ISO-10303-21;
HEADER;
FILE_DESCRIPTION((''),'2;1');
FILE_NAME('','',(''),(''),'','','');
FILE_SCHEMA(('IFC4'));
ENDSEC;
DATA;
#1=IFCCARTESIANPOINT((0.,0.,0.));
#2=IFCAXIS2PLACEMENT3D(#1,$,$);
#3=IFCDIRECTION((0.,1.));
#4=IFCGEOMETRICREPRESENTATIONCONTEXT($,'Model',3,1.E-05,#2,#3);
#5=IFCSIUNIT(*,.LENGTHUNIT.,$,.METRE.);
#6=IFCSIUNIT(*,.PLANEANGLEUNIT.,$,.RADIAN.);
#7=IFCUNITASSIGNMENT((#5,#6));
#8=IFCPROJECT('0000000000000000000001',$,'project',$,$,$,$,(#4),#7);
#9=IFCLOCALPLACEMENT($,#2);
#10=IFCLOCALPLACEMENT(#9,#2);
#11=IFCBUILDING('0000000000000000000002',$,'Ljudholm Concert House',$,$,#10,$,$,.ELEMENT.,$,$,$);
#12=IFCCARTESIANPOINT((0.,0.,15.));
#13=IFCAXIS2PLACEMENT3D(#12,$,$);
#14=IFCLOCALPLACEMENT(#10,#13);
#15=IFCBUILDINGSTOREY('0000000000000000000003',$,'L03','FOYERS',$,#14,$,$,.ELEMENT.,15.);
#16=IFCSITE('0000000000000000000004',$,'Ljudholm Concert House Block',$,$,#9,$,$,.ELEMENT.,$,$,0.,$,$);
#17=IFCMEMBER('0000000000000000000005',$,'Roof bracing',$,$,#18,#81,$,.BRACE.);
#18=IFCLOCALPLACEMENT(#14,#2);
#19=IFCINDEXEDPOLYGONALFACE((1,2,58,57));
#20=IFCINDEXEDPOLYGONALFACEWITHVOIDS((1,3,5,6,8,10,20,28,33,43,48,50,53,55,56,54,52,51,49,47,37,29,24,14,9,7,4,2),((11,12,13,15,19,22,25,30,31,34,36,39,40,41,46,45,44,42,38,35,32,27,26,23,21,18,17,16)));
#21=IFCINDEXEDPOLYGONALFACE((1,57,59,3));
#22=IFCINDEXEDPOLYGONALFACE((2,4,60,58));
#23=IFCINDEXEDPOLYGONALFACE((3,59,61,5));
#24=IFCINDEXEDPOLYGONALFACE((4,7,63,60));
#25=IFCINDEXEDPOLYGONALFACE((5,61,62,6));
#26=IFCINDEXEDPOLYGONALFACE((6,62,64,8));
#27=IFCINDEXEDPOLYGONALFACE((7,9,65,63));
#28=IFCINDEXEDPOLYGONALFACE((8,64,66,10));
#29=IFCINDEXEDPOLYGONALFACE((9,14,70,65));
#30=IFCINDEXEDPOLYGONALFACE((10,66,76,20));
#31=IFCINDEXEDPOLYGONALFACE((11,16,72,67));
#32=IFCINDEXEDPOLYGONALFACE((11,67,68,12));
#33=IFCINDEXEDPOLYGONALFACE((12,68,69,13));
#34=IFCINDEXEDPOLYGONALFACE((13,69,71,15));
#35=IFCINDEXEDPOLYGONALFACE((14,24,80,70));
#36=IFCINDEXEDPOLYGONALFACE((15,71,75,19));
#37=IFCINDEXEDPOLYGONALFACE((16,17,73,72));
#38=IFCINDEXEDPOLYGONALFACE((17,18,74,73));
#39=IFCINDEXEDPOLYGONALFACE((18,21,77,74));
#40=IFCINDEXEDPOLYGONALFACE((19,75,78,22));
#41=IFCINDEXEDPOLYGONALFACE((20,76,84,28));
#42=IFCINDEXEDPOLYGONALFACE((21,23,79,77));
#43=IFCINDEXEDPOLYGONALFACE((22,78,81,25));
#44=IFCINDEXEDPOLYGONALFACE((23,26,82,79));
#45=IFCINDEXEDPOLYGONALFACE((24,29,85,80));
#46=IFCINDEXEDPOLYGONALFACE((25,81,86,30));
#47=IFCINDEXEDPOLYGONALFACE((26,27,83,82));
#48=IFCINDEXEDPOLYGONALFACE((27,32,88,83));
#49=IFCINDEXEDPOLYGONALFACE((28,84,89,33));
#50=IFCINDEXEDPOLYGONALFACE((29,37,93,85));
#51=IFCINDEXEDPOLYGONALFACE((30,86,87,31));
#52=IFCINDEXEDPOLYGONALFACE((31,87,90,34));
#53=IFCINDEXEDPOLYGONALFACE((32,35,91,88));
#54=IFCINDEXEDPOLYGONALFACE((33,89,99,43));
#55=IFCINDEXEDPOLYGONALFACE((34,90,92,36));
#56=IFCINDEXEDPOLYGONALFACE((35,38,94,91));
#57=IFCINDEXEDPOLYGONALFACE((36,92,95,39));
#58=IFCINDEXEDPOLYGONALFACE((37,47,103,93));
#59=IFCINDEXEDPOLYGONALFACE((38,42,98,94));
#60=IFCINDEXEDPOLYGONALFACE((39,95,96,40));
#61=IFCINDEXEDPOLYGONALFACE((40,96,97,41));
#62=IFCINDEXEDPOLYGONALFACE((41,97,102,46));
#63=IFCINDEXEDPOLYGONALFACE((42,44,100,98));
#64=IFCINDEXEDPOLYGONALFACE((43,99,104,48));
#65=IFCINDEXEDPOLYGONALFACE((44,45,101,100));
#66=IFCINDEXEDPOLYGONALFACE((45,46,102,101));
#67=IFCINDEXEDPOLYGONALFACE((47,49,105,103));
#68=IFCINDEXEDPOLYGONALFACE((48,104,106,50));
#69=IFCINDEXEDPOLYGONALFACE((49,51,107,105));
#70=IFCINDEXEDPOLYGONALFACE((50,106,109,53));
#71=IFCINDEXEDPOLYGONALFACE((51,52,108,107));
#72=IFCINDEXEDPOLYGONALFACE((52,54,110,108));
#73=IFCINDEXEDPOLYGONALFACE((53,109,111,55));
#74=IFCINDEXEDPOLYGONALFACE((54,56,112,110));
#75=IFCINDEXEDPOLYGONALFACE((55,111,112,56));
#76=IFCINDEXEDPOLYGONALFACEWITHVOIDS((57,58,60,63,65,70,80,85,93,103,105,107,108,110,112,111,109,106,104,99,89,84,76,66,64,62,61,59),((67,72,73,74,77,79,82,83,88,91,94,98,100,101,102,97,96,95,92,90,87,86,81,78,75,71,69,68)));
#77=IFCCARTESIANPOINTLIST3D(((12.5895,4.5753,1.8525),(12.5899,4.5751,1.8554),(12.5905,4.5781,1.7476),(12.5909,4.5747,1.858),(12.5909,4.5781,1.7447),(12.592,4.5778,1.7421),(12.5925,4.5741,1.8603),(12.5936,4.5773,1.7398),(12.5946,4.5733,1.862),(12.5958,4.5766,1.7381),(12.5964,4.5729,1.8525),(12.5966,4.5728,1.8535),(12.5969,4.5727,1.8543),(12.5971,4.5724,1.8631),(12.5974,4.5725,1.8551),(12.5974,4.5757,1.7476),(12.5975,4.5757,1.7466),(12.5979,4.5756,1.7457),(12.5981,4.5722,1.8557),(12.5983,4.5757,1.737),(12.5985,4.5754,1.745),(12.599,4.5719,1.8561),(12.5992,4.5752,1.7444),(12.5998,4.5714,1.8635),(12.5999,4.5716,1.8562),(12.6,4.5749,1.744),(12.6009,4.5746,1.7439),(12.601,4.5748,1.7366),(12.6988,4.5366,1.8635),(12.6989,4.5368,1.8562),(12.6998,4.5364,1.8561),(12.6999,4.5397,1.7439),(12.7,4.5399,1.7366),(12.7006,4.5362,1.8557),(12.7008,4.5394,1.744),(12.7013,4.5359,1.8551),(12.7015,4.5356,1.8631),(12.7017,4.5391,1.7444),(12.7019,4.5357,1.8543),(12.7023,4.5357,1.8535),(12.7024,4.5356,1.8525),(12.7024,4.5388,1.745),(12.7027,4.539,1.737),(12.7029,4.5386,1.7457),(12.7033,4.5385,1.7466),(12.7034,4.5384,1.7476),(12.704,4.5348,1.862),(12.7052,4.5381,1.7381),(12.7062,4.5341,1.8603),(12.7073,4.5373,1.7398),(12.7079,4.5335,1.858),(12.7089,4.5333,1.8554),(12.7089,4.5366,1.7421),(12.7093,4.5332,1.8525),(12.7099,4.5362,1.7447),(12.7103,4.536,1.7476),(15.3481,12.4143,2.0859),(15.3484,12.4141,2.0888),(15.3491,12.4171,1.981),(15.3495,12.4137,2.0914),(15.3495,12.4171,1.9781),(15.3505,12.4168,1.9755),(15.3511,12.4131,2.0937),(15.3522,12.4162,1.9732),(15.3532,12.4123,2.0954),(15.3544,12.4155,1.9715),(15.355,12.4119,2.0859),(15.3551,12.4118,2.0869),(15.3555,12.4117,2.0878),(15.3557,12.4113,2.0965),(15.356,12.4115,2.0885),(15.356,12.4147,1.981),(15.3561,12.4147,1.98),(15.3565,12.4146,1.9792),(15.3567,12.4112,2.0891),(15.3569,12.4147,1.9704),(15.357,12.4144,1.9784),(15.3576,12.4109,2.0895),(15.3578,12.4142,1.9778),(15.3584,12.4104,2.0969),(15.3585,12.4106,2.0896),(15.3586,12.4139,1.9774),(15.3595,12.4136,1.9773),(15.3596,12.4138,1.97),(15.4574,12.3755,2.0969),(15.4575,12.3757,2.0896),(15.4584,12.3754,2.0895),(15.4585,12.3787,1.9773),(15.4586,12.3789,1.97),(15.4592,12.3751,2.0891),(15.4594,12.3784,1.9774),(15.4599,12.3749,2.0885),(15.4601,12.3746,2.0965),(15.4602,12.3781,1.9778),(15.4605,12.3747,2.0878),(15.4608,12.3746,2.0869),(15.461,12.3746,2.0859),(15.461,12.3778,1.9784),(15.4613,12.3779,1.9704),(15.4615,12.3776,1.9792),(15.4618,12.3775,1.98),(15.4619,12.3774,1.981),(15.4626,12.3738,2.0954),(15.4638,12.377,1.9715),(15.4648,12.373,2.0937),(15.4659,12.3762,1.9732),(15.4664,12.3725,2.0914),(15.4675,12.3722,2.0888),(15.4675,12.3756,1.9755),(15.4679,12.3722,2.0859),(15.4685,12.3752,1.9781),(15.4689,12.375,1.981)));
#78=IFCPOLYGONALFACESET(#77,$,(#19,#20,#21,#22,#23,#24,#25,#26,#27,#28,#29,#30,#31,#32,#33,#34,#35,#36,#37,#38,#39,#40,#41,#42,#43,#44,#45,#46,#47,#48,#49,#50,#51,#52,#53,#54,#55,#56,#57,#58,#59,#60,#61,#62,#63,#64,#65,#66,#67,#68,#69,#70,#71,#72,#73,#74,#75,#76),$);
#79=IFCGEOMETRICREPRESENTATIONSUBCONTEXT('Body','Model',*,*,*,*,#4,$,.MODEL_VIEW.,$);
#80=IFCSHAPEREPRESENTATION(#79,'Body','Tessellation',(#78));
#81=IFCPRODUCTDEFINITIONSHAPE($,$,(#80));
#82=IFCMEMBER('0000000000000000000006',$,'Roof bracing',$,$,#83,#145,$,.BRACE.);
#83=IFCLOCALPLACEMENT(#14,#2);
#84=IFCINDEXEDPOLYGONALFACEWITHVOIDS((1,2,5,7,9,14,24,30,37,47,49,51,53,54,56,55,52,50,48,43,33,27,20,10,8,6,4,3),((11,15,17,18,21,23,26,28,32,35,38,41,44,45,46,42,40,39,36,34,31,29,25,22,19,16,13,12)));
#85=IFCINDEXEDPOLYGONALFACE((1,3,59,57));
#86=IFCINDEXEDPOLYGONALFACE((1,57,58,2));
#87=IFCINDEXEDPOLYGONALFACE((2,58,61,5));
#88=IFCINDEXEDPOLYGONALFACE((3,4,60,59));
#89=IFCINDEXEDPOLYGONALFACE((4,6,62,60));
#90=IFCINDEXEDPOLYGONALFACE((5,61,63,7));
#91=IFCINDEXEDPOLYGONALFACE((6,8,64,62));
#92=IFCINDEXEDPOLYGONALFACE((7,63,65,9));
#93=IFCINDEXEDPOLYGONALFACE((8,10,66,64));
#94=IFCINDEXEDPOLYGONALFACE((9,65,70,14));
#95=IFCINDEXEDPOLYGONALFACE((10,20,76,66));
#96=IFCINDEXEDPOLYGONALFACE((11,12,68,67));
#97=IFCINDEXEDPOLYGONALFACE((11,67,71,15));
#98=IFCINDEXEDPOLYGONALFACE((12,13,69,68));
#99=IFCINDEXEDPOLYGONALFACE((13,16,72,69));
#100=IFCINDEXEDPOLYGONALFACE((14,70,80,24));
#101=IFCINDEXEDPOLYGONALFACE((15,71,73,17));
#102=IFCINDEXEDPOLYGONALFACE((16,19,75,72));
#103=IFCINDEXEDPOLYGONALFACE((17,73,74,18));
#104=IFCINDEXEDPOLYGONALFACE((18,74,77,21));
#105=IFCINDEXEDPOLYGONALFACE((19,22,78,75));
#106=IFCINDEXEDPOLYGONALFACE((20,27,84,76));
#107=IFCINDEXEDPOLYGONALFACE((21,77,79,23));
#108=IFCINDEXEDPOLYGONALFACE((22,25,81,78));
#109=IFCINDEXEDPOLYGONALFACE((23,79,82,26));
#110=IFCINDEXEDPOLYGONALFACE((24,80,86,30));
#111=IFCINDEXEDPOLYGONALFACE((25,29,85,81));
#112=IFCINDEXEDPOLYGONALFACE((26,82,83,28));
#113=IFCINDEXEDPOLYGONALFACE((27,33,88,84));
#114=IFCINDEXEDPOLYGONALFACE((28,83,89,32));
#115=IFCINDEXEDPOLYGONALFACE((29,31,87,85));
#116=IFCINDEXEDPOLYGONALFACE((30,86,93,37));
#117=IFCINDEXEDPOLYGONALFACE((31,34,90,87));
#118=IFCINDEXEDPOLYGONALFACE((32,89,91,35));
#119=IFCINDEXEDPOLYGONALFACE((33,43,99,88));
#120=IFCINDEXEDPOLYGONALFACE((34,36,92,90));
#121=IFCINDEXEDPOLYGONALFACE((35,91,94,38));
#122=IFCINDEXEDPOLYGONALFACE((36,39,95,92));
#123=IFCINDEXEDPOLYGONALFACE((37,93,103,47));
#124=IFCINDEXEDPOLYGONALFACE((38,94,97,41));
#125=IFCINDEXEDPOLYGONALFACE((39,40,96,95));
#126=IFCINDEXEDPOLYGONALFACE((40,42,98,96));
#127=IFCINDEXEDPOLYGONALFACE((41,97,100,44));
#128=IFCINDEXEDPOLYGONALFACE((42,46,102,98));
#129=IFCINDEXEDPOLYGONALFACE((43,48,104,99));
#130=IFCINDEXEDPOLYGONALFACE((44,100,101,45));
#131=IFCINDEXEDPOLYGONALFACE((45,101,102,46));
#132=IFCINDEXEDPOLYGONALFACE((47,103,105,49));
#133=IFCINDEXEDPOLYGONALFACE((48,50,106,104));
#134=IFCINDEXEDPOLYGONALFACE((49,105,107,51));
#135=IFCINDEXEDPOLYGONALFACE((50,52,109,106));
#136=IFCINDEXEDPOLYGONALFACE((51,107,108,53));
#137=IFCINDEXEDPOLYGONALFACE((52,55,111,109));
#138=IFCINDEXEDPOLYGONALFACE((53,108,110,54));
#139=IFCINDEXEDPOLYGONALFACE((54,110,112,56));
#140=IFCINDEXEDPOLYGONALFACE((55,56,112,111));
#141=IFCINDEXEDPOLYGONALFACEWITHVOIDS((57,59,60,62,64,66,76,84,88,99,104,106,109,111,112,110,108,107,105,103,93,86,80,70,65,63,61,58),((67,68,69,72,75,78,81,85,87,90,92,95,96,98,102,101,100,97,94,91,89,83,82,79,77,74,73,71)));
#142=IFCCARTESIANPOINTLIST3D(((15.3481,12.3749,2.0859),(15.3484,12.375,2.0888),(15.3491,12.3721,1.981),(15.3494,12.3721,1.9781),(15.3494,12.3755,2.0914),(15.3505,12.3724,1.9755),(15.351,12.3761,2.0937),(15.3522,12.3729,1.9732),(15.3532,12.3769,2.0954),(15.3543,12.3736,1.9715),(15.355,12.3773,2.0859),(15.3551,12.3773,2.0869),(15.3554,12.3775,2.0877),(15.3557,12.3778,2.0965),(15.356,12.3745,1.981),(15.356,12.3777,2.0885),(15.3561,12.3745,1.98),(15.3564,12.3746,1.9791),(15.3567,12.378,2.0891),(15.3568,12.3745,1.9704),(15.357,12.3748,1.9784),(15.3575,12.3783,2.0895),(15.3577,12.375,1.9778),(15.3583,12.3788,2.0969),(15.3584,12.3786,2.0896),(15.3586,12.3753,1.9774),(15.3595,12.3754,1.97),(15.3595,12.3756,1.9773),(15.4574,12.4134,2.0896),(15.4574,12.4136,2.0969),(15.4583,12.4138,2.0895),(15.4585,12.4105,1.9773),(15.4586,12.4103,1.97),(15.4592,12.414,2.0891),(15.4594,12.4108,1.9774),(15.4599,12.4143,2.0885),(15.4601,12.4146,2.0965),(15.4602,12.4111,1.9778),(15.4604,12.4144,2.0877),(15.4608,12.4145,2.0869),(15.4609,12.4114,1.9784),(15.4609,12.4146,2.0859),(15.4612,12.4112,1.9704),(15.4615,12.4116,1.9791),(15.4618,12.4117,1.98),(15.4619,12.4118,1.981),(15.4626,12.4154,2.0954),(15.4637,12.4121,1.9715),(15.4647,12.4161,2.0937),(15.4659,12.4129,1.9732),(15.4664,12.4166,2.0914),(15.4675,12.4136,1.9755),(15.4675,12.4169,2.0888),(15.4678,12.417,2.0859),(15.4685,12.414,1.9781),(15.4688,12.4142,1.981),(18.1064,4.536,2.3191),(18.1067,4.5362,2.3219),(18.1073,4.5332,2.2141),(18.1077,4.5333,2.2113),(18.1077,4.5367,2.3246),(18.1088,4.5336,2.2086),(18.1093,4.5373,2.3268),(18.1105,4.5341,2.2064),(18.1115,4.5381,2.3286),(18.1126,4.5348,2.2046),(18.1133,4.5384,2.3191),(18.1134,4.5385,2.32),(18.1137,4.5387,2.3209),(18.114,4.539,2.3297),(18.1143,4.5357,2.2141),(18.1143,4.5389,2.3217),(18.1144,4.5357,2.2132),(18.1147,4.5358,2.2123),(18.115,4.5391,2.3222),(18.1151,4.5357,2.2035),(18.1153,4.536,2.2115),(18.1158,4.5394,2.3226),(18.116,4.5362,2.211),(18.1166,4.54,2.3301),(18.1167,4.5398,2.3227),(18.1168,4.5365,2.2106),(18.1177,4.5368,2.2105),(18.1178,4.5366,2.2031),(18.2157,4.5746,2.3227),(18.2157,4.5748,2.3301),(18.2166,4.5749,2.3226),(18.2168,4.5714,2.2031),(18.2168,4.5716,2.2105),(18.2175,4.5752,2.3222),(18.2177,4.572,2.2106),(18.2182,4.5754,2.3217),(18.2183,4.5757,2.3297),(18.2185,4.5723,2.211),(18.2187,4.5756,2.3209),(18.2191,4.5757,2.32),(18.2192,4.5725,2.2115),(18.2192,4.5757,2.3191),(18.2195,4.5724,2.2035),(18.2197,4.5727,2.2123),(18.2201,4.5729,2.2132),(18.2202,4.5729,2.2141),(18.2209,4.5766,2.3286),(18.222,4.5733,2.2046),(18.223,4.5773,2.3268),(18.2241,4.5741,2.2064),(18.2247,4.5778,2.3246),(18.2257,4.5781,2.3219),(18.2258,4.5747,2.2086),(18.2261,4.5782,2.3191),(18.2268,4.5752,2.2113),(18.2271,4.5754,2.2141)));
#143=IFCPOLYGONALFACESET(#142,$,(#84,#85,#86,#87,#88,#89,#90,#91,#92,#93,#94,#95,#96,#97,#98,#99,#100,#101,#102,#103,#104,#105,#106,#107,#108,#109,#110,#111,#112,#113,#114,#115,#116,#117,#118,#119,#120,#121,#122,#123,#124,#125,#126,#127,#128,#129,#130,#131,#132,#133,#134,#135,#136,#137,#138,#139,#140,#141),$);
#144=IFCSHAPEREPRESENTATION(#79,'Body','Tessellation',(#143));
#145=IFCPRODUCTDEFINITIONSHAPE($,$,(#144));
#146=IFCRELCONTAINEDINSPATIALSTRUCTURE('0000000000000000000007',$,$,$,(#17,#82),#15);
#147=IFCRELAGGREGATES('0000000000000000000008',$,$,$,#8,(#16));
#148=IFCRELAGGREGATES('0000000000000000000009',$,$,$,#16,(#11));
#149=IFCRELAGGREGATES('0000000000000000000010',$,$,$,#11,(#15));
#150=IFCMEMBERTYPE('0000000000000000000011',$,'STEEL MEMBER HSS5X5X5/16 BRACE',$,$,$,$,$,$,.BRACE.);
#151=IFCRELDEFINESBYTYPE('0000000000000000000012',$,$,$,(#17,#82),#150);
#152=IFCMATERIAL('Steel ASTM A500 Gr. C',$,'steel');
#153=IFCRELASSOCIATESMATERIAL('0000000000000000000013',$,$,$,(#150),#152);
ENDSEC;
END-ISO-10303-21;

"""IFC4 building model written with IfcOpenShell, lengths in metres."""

from ifc_helpers import new_model, si_unit, direction, frame, origin, origin_2d, place, context, subcontext, project, spatial, hollow_rectangle, extrude, material, material_profile, profile_set, type_object, element, save


model = new_model("IFC4")

# Units and contexts
model_context = context("Model", 3, precision=1e-05, world=origin(), true_north=direction((0.0, 1.0)))
body_context = subcontext(model_context, "Body", "Model", "MODEL_VIEW")
ifc_project = project(units=[si_unit("LENGTHUNIT", "METRE"), si_unit("PLANEANGLEUNIT", "RADIAN")], contexts=[model_context])

# Site, building, storey
site_placement = place(None, origin())
site = spatial("IfcSite", under=ifc_project, at=site_placement, Name="Ljudholm Concert House Block", CompositionType="ELEMENT", RefElevation=0.0)
building_placement = place(site_placement, origin())
building = spatial("IfcBuilding", under=site, at=building_placement, Name="Ljudholm Concert House", CompositionType="ELEMENT")
storey_placement = place(building_placement, frame((0.0, 0.0, 15.0)))
storey = spatial("IfcBuildingStorey", under=building, at=storey_placement, Name="L03", Description="FOYERS", CompositionType="ELEMENT", Elevation=15.0)

# Members
ifc_material_1 = material(Name="Steel ASTM A500 Gr. C", Category="steel")
ifc_material_profile_1 = material_profile(ifc_material_1, hollow_rectangle(XDim=0.127, YDim=0.127, WallThickness=0.0073, InnerFilletRadius=0.0037, OuterFilletRadius=0.011, at=origin_2d()), Name="HSS5X5X5/16")
ifc_profile_set_1 = profile_set([ifc_material_profile_1], Name="Steel ASTM A500 Gr. C")
member_type_1 = type_object("IfcMemberType", Name="STEEL MEMBER HSS5X5X5/16 BRACE", PredefinedType="BRACE", material=ifc_profile_set_1)
member_1_placement = place(storey_placement, frame((12.6499, 4.5557, 1.8), z_axis=(0.331821, 0.942925, 0.028075), x_axis=(-0.943296, 0.331952, 0.0)))
element("IfcMember", 1, at=member_1_placement, inside=storey, type_object=member_type_1, Name="Roof bracing", PredefinedType="BRACE", context=body_context, shape_type="SweptSolid", body=[
    extrude(hollow_rectangle(XDim=0.127, YDim=0.127, WallThickness=0.0073, InnerFilletRadius=0.0037, OuterFilletRadius=0.011, at=origin_2d()), origin(), (0.0, 0.0, 1.0), 8.3135),
])
member_2_placement = place(storey_placement, frame((15.4084, 12.3945, 2.0334), z_axis=(0.331795, -0.942935, 0.028046), x_axis=(0.943306, 0.331926, 0.0)))
element("IfcMember", 2, at=member_2_placement, inside=storey, type_object=member_type_1, Name="Roof bracing", PredefinedType="BRACE", context=body_context, shape_type="SweptSolid", body=[
    extrude(hollow_rectangle(XDim=0.127, YDim=0.127, WallThickness=0.0073, InnerFilletRadius=0.0037, OuterFilletRadius=0.011, at=origin_2d()), origin(), (0.0, 0.0, 1.0), 8.3132),
])

save(model, "model.ifc")
